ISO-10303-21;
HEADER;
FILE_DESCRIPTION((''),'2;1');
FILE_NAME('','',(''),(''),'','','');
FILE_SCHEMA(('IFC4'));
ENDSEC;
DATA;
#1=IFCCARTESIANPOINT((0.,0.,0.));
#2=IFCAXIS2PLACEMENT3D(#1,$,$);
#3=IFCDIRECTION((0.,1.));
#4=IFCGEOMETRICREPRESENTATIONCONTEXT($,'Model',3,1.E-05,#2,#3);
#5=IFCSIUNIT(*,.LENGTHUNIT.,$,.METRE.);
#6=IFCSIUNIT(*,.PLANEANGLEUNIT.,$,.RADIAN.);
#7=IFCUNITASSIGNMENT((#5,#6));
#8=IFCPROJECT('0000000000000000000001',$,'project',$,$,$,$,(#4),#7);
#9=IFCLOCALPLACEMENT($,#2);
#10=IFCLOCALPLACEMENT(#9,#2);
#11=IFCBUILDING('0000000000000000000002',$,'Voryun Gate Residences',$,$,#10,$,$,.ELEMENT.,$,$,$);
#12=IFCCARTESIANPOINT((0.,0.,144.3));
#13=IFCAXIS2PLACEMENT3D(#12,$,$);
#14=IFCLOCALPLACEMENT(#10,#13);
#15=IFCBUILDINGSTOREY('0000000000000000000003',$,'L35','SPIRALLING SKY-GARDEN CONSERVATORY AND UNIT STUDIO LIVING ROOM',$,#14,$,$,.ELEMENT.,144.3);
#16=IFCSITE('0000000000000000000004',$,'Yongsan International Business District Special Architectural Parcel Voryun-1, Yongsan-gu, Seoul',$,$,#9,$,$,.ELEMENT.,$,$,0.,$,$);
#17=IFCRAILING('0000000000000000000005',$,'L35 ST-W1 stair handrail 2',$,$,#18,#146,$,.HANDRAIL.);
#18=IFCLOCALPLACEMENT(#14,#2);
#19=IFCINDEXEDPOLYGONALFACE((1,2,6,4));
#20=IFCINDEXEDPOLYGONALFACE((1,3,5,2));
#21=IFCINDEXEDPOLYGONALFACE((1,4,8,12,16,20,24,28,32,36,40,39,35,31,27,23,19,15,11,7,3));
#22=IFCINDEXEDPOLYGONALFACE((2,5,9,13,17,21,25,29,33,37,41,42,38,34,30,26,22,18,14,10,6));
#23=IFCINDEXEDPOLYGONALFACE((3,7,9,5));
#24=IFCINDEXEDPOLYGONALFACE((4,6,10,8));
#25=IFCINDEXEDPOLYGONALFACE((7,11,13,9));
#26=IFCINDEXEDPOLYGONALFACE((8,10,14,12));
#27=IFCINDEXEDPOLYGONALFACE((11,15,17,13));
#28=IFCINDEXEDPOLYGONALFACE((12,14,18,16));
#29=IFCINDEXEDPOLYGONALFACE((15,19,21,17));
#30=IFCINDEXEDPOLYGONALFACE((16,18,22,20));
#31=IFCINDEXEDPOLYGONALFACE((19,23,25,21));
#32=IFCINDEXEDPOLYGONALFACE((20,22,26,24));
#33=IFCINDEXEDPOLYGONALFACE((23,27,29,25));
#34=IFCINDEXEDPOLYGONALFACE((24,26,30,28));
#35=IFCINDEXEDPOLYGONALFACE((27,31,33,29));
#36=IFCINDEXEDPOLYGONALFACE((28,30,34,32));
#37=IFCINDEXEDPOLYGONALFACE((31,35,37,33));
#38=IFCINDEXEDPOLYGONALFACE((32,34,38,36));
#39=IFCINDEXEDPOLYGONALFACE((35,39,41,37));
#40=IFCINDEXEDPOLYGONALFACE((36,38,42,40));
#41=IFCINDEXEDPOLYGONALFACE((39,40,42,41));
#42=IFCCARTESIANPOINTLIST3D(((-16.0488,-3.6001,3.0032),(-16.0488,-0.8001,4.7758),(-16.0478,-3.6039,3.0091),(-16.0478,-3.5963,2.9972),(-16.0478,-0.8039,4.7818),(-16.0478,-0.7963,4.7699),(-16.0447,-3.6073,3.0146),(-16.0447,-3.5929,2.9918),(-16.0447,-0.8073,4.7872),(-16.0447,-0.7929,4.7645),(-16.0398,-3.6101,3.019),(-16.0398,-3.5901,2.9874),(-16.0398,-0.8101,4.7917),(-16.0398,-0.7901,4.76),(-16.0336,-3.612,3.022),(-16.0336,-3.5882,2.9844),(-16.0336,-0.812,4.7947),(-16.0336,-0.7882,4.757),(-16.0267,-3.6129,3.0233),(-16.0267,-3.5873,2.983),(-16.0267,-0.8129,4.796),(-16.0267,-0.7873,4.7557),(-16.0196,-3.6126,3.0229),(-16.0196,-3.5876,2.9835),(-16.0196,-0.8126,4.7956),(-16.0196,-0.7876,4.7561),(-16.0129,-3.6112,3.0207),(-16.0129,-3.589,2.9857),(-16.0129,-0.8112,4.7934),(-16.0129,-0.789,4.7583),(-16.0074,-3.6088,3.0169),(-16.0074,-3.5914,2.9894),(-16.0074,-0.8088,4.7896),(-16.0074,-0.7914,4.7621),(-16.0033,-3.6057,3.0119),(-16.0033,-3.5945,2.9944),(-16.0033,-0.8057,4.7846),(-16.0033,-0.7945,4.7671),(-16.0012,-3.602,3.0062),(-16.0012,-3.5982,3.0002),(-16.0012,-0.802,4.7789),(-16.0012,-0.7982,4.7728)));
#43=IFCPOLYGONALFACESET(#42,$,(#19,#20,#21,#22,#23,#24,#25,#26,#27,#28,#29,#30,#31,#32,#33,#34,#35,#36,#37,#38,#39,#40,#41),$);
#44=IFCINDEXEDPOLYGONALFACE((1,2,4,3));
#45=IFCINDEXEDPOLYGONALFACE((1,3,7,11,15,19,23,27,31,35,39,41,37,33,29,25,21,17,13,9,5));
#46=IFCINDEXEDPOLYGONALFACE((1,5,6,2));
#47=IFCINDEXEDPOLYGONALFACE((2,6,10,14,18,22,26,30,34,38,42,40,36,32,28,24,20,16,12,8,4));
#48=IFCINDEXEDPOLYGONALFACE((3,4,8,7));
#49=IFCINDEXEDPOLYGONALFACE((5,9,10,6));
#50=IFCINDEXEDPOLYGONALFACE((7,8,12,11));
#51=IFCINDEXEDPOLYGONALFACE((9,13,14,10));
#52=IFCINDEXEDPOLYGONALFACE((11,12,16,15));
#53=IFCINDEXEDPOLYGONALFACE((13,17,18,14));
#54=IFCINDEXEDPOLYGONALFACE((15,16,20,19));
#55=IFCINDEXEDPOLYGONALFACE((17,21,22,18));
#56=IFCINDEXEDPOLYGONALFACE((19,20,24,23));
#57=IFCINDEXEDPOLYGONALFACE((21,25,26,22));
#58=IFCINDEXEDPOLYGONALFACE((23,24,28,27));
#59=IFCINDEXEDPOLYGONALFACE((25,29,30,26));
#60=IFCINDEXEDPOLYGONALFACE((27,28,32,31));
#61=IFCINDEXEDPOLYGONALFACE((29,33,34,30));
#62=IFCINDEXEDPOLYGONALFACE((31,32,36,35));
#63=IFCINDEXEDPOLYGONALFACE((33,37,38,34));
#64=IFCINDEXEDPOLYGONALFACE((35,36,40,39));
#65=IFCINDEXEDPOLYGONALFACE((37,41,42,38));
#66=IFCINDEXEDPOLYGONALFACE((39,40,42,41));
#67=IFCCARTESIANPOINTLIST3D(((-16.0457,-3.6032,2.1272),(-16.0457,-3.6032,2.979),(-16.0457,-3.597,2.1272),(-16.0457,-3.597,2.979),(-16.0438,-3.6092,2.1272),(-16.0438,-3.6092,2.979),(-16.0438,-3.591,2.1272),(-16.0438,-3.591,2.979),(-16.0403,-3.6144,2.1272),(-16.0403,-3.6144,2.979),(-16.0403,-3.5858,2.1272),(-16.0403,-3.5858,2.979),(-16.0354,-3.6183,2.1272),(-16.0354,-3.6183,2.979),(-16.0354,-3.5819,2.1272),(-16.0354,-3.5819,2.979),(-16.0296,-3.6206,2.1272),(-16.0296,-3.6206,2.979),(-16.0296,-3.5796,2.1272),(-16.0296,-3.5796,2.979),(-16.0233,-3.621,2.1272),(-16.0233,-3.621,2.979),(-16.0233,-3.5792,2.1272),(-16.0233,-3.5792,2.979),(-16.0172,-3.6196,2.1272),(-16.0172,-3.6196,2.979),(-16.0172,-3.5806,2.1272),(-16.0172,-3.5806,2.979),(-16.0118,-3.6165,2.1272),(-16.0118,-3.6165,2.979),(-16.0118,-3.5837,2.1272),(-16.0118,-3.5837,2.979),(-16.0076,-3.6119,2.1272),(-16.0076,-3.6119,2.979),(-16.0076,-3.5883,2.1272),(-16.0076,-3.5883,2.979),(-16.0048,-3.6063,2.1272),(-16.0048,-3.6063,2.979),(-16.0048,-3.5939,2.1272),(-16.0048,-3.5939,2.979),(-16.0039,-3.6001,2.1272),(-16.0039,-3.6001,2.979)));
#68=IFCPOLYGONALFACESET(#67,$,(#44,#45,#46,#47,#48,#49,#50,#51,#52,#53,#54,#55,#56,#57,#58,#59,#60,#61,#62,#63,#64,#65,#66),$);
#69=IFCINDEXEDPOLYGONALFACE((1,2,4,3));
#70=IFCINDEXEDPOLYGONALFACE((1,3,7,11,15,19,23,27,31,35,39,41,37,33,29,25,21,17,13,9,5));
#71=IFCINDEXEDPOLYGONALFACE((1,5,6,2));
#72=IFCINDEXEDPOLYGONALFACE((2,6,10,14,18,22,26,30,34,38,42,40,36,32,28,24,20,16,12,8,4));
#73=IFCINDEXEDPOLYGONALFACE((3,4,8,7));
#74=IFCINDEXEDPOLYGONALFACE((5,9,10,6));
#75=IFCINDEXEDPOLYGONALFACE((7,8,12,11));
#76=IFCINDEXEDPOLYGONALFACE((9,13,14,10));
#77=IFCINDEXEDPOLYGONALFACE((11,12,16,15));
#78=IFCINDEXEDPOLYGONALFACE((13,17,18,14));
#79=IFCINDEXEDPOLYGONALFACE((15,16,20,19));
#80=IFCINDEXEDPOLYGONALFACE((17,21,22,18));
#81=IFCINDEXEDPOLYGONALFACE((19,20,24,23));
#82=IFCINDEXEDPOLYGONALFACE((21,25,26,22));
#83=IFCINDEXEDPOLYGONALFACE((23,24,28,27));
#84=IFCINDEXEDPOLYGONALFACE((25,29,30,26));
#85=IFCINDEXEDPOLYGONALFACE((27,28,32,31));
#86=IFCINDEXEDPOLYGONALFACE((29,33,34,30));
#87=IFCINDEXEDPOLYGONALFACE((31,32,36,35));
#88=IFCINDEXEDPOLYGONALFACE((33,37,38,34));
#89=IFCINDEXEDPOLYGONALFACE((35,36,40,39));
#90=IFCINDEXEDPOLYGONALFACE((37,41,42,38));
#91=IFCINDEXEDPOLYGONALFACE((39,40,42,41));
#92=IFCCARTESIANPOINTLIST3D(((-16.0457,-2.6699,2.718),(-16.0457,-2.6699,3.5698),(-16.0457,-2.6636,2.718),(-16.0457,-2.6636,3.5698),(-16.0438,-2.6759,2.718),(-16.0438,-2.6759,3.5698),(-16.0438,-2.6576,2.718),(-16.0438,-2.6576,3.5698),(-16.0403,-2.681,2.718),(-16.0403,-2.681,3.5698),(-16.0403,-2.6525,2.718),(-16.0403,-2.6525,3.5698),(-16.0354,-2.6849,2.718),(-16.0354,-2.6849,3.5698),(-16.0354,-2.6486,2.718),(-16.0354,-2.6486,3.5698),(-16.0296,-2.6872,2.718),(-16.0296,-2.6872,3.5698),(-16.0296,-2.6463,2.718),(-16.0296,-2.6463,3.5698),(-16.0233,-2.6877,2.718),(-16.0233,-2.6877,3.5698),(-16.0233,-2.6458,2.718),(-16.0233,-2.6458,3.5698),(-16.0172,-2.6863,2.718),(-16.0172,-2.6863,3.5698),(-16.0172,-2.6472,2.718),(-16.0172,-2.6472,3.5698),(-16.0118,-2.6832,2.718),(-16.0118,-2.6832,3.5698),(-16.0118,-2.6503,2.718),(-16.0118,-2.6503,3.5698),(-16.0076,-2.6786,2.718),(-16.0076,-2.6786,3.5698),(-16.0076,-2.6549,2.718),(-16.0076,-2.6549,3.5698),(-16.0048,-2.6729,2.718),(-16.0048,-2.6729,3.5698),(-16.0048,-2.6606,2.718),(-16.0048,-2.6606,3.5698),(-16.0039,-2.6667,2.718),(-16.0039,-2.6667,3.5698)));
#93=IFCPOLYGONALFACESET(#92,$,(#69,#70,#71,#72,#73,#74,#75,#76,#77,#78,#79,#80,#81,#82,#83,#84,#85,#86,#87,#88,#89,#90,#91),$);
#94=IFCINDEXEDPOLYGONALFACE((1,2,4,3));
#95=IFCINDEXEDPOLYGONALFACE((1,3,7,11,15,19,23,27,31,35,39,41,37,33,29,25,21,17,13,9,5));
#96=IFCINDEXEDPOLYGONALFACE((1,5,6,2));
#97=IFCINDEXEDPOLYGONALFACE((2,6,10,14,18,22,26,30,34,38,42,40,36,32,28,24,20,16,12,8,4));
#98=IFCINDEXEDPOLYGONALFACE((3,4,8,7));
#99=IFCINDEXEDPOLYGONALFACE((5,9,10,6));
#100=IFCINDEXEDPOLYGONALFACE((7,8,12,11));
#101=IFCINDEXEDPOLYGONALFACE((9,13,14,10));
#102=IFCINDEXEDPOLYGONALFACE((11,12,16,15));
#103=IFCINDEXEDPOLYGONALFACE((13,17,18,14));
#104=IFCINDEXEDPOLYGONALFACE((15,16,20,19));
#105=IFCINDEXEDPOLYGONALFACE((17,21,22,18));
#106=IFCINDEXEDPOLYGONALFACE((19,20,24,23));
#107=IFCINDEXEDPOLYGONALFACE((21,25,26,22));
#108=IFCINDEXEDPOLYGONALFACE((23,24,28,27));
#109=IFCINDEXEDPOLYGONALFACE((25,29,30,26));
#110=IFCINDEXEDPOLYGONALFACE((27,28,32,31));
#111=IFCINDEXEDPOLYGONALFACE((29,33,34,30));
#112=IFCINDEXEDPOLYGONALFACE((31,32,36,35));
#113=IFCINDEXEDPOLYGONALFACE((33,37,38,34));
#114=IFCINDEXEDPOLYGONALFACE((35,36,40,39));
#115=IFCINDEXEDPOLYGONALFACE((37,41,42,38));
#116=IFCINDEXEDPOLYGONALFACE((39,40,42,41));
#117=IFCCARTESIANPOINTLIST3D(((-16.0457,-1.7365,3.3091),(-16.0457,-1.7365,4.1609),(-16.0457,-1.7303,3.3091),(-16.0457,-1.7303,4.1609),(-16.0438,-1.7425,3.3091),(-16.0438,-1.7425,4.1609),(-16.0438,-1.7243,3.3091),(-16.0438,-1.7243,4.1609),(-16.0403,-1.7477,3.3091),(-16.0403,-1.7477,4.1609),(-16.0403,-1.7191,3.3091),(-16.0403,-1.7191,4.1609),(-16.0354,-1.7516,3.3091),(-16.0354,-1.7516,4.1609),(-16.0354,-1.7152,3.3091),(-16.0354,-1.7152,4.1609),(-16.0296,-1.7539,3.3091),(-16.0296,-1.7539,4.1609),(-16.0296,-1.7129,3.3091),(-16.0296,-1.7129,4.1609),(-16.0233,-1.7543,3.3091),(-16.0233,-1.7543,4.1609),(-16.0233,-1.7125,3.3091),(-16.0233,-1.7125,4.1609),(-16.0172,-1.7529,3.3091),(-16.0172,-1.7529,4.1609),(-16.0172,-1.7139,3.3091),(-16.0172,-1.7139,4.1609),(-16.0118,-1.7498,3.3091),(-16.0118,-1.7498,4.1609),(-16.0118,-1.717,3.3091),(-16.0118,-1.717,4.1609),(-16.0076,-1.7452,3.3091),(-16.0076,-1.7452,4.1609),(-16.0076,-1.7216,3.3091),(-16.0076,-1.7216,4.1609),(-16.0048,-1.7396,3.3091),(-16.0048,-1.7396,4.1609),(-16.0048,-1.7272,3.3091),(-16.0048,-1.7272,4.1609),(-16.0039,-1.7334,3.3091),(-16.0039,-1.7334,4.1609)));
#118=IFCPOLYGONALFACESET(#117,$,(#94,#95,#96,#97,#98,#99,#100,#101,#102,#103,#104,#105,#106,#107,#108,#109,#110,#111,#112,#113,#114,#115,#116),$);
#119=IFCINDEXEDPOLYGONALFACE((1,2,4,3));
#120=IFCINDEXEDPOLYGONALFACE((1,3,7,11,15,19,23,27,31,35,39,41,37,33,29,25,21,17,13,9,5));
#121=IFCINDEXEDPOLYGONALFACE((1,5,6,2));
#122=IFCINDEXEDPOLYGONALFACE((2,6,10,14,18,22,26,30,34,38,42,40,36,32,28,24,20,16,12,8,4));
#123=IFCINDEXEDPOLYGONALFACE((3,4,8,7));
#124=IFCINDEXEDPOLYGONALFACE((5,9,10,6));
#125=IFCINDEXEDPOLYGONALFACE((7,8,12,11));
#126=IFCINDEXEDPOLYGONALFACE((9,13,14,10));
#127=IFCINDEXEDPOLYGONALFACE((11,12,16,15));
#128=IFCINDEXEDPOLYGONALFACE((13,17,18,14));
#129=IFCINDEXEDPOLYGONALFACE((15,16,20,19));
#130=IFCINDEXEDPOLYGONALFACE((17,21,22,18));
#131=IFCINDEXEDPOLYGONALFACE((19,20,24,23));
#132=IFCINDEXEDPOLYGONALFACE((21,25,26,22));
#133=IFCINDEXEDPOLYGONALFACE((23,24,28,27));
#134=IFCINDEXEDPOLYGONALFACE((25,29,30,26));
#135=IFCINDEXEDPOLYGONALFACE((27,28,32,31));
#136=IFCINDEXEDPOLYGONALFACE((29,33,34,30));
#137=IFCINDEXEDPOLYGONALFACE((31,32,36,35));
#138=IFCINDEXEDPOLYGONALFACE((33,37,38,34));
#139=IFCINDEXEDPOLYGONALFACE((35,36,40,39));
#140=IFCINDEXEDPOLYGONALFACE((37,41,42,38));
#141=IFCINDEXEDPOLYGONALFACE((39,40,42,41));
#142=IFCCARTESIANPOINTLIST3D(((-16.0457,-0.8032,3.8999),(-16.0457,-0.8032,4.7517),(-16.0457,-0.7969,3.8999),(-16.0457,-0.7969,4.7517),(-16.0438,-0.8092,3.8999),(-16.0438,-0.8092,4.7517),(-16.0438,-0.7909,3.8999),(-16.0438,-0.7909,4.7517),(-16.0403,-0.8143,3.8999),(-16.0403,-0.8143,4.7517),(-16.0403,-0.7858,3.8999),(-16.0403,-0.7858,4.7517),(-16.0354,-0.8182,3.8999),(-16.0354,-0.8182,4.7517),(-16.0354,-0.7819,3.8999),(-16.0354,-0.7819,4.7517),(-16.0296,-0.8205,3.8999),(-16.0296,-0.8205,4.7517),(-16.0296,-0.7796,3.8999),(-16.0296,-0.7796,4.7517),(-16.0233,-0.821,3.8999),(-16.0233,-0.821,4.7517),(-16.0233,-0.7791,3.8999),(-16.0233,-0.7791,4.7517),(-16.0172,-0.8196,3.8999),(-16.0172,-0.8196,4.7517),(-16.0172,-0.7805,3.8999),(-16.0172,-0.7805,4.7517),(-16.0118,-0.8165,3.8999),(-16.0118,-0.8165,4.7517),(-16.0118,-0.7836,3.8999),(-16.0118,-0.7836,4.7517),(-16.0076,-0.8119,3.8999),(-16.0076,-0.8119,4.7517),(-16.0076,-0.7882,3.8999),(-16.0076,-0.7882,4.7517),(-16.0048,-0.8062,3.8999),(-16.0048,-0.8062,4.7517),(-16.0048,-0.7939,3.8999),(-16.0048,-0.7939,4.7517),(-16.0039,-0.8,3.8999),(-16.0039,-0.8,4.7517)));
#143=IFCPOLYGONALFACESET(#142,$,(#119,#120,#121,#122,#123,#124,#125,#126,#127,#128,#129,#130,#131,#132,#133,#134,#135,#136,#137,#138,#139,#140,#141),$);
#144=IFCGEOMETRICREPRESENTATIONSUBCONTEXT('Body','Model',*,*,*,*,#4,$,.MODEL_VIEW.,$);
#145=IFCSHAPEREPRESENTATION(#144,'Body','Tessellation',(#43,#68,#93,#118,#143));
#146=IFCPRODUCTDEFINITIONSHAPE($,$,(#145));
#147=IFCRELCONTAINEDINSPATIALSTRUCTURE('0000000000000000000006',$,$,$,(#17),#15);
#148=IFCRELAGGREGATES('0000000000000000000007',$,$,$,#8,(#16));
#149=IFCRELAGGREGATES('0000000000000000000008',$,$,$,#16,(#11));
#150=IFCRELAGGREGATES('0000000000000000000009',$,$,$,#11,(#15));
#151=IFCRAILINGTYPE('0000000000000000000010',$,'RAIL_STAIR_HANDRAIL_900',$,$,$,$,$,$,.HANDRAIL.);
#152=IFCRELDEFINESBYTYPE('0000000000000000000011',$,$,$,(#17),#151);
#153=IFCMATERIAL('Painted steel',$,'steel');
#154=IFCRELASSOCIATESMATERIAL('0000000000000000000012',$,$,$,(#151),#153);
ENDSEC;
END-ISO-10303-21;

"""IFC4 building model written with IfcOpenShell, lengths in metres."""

from ifc_helpers import new_model, si_unit, direction, frame, origin, origin_2d, place, context, subcontext, project, spatial, circle, extrude, material, type_object, element, save


model = new_model("IFC4")

# Units and contexts
model_context = context("Model", 3, precision=1e-05, world=origin(), true_north=direction((0.0, 1.0)))
body_context = subcontext(model_context, "Body", "Model", "MODEL_VIEW")
ifc_project = project(units=[si_unit("LENGTHUNIT", "METRE"), si_unit("PLANEANGLEUNIT", "RADIAN")], contexts=[model_context])

# Site, building, storey
site_placement = place(None, origin())
site = spatial("IfcSite", under=ifc_project, at=site_placement, Name="Yongsan International Business District Special Architectural Parcel Voryun-1, Yongsan-gu, Seoul", CompositionType="ELEMENT", RefElevation=0.0)
building_placement = place(site_placement, origin())
building = spatial("IfcBuilding", under=site, at=building_placement, Name="Voryun Gate Residences", CompositionType="ELEMENT")
storey_placement = place(building_placement, frame((0.0, 0.0, 144.3)))
storey = spatial("IfcBuildingStorey", under=building, at=storey_placement, Name="L35", Description="SPIRALLING SKY-GARDEN CONSERVATORY AND UNIT STUDIO LIVING ROOM", CompositionType="ELEMENT", Elevation=144.3)

# Railing
ifc_material_1 = material(Name="Painted steel", Category="steel")
railing_type_1 = type_object("IfcRailingType", Name="RAIL_STAIR_HANDRAIL_900", PredefinedType="HANDRAIL", material=ifc_material_1)
railing_1_placement = place(storey_placement, frame((-16.0249, -3.6001, 2.1272)))
element("IfcRailing", 1, at=railing_1_placement, inside=storey, type_object=railing_type_1, Name="L35 ST-W1 stair handrail 2", PredefinedType="HANDRAIL", context=body_context, shape_type="SweptSolid", body=[
    extrude(circle(Radius=0.0239, at=origin_2d()), frame((0.0, 0.0, 0.876), z_axis=(0.0, 0.844909, 0.53491), x_axis=(-1.0, 0.0, 0.0)), (0.0, 0.0, 1.0), 3.314),
    extrude(circle(Radius=0.021, at=origin_2d()), origin(), (0.0, 0.0, 1.0), 0.8518),
    extrude(circle(Radius=0.021, at=origin_2d()), frame((0.0, 0.9333, 0.5908)), (0.0, 0.0, 1.0), 0.8518),
    extrude(circle(Radius=0.021, at=origin_2d()), frame((0.0, 1.8667, 1.1819)), (0.0, 0.0, 1.0), 0.8518),
    extrude(circle(Radius=0.021, at=origin_2d()), frame((0.0, 2.8, 1.7727)), (0.0, 0.0, 1.0), 0.8518),
])

save(model, "model.ifc")
